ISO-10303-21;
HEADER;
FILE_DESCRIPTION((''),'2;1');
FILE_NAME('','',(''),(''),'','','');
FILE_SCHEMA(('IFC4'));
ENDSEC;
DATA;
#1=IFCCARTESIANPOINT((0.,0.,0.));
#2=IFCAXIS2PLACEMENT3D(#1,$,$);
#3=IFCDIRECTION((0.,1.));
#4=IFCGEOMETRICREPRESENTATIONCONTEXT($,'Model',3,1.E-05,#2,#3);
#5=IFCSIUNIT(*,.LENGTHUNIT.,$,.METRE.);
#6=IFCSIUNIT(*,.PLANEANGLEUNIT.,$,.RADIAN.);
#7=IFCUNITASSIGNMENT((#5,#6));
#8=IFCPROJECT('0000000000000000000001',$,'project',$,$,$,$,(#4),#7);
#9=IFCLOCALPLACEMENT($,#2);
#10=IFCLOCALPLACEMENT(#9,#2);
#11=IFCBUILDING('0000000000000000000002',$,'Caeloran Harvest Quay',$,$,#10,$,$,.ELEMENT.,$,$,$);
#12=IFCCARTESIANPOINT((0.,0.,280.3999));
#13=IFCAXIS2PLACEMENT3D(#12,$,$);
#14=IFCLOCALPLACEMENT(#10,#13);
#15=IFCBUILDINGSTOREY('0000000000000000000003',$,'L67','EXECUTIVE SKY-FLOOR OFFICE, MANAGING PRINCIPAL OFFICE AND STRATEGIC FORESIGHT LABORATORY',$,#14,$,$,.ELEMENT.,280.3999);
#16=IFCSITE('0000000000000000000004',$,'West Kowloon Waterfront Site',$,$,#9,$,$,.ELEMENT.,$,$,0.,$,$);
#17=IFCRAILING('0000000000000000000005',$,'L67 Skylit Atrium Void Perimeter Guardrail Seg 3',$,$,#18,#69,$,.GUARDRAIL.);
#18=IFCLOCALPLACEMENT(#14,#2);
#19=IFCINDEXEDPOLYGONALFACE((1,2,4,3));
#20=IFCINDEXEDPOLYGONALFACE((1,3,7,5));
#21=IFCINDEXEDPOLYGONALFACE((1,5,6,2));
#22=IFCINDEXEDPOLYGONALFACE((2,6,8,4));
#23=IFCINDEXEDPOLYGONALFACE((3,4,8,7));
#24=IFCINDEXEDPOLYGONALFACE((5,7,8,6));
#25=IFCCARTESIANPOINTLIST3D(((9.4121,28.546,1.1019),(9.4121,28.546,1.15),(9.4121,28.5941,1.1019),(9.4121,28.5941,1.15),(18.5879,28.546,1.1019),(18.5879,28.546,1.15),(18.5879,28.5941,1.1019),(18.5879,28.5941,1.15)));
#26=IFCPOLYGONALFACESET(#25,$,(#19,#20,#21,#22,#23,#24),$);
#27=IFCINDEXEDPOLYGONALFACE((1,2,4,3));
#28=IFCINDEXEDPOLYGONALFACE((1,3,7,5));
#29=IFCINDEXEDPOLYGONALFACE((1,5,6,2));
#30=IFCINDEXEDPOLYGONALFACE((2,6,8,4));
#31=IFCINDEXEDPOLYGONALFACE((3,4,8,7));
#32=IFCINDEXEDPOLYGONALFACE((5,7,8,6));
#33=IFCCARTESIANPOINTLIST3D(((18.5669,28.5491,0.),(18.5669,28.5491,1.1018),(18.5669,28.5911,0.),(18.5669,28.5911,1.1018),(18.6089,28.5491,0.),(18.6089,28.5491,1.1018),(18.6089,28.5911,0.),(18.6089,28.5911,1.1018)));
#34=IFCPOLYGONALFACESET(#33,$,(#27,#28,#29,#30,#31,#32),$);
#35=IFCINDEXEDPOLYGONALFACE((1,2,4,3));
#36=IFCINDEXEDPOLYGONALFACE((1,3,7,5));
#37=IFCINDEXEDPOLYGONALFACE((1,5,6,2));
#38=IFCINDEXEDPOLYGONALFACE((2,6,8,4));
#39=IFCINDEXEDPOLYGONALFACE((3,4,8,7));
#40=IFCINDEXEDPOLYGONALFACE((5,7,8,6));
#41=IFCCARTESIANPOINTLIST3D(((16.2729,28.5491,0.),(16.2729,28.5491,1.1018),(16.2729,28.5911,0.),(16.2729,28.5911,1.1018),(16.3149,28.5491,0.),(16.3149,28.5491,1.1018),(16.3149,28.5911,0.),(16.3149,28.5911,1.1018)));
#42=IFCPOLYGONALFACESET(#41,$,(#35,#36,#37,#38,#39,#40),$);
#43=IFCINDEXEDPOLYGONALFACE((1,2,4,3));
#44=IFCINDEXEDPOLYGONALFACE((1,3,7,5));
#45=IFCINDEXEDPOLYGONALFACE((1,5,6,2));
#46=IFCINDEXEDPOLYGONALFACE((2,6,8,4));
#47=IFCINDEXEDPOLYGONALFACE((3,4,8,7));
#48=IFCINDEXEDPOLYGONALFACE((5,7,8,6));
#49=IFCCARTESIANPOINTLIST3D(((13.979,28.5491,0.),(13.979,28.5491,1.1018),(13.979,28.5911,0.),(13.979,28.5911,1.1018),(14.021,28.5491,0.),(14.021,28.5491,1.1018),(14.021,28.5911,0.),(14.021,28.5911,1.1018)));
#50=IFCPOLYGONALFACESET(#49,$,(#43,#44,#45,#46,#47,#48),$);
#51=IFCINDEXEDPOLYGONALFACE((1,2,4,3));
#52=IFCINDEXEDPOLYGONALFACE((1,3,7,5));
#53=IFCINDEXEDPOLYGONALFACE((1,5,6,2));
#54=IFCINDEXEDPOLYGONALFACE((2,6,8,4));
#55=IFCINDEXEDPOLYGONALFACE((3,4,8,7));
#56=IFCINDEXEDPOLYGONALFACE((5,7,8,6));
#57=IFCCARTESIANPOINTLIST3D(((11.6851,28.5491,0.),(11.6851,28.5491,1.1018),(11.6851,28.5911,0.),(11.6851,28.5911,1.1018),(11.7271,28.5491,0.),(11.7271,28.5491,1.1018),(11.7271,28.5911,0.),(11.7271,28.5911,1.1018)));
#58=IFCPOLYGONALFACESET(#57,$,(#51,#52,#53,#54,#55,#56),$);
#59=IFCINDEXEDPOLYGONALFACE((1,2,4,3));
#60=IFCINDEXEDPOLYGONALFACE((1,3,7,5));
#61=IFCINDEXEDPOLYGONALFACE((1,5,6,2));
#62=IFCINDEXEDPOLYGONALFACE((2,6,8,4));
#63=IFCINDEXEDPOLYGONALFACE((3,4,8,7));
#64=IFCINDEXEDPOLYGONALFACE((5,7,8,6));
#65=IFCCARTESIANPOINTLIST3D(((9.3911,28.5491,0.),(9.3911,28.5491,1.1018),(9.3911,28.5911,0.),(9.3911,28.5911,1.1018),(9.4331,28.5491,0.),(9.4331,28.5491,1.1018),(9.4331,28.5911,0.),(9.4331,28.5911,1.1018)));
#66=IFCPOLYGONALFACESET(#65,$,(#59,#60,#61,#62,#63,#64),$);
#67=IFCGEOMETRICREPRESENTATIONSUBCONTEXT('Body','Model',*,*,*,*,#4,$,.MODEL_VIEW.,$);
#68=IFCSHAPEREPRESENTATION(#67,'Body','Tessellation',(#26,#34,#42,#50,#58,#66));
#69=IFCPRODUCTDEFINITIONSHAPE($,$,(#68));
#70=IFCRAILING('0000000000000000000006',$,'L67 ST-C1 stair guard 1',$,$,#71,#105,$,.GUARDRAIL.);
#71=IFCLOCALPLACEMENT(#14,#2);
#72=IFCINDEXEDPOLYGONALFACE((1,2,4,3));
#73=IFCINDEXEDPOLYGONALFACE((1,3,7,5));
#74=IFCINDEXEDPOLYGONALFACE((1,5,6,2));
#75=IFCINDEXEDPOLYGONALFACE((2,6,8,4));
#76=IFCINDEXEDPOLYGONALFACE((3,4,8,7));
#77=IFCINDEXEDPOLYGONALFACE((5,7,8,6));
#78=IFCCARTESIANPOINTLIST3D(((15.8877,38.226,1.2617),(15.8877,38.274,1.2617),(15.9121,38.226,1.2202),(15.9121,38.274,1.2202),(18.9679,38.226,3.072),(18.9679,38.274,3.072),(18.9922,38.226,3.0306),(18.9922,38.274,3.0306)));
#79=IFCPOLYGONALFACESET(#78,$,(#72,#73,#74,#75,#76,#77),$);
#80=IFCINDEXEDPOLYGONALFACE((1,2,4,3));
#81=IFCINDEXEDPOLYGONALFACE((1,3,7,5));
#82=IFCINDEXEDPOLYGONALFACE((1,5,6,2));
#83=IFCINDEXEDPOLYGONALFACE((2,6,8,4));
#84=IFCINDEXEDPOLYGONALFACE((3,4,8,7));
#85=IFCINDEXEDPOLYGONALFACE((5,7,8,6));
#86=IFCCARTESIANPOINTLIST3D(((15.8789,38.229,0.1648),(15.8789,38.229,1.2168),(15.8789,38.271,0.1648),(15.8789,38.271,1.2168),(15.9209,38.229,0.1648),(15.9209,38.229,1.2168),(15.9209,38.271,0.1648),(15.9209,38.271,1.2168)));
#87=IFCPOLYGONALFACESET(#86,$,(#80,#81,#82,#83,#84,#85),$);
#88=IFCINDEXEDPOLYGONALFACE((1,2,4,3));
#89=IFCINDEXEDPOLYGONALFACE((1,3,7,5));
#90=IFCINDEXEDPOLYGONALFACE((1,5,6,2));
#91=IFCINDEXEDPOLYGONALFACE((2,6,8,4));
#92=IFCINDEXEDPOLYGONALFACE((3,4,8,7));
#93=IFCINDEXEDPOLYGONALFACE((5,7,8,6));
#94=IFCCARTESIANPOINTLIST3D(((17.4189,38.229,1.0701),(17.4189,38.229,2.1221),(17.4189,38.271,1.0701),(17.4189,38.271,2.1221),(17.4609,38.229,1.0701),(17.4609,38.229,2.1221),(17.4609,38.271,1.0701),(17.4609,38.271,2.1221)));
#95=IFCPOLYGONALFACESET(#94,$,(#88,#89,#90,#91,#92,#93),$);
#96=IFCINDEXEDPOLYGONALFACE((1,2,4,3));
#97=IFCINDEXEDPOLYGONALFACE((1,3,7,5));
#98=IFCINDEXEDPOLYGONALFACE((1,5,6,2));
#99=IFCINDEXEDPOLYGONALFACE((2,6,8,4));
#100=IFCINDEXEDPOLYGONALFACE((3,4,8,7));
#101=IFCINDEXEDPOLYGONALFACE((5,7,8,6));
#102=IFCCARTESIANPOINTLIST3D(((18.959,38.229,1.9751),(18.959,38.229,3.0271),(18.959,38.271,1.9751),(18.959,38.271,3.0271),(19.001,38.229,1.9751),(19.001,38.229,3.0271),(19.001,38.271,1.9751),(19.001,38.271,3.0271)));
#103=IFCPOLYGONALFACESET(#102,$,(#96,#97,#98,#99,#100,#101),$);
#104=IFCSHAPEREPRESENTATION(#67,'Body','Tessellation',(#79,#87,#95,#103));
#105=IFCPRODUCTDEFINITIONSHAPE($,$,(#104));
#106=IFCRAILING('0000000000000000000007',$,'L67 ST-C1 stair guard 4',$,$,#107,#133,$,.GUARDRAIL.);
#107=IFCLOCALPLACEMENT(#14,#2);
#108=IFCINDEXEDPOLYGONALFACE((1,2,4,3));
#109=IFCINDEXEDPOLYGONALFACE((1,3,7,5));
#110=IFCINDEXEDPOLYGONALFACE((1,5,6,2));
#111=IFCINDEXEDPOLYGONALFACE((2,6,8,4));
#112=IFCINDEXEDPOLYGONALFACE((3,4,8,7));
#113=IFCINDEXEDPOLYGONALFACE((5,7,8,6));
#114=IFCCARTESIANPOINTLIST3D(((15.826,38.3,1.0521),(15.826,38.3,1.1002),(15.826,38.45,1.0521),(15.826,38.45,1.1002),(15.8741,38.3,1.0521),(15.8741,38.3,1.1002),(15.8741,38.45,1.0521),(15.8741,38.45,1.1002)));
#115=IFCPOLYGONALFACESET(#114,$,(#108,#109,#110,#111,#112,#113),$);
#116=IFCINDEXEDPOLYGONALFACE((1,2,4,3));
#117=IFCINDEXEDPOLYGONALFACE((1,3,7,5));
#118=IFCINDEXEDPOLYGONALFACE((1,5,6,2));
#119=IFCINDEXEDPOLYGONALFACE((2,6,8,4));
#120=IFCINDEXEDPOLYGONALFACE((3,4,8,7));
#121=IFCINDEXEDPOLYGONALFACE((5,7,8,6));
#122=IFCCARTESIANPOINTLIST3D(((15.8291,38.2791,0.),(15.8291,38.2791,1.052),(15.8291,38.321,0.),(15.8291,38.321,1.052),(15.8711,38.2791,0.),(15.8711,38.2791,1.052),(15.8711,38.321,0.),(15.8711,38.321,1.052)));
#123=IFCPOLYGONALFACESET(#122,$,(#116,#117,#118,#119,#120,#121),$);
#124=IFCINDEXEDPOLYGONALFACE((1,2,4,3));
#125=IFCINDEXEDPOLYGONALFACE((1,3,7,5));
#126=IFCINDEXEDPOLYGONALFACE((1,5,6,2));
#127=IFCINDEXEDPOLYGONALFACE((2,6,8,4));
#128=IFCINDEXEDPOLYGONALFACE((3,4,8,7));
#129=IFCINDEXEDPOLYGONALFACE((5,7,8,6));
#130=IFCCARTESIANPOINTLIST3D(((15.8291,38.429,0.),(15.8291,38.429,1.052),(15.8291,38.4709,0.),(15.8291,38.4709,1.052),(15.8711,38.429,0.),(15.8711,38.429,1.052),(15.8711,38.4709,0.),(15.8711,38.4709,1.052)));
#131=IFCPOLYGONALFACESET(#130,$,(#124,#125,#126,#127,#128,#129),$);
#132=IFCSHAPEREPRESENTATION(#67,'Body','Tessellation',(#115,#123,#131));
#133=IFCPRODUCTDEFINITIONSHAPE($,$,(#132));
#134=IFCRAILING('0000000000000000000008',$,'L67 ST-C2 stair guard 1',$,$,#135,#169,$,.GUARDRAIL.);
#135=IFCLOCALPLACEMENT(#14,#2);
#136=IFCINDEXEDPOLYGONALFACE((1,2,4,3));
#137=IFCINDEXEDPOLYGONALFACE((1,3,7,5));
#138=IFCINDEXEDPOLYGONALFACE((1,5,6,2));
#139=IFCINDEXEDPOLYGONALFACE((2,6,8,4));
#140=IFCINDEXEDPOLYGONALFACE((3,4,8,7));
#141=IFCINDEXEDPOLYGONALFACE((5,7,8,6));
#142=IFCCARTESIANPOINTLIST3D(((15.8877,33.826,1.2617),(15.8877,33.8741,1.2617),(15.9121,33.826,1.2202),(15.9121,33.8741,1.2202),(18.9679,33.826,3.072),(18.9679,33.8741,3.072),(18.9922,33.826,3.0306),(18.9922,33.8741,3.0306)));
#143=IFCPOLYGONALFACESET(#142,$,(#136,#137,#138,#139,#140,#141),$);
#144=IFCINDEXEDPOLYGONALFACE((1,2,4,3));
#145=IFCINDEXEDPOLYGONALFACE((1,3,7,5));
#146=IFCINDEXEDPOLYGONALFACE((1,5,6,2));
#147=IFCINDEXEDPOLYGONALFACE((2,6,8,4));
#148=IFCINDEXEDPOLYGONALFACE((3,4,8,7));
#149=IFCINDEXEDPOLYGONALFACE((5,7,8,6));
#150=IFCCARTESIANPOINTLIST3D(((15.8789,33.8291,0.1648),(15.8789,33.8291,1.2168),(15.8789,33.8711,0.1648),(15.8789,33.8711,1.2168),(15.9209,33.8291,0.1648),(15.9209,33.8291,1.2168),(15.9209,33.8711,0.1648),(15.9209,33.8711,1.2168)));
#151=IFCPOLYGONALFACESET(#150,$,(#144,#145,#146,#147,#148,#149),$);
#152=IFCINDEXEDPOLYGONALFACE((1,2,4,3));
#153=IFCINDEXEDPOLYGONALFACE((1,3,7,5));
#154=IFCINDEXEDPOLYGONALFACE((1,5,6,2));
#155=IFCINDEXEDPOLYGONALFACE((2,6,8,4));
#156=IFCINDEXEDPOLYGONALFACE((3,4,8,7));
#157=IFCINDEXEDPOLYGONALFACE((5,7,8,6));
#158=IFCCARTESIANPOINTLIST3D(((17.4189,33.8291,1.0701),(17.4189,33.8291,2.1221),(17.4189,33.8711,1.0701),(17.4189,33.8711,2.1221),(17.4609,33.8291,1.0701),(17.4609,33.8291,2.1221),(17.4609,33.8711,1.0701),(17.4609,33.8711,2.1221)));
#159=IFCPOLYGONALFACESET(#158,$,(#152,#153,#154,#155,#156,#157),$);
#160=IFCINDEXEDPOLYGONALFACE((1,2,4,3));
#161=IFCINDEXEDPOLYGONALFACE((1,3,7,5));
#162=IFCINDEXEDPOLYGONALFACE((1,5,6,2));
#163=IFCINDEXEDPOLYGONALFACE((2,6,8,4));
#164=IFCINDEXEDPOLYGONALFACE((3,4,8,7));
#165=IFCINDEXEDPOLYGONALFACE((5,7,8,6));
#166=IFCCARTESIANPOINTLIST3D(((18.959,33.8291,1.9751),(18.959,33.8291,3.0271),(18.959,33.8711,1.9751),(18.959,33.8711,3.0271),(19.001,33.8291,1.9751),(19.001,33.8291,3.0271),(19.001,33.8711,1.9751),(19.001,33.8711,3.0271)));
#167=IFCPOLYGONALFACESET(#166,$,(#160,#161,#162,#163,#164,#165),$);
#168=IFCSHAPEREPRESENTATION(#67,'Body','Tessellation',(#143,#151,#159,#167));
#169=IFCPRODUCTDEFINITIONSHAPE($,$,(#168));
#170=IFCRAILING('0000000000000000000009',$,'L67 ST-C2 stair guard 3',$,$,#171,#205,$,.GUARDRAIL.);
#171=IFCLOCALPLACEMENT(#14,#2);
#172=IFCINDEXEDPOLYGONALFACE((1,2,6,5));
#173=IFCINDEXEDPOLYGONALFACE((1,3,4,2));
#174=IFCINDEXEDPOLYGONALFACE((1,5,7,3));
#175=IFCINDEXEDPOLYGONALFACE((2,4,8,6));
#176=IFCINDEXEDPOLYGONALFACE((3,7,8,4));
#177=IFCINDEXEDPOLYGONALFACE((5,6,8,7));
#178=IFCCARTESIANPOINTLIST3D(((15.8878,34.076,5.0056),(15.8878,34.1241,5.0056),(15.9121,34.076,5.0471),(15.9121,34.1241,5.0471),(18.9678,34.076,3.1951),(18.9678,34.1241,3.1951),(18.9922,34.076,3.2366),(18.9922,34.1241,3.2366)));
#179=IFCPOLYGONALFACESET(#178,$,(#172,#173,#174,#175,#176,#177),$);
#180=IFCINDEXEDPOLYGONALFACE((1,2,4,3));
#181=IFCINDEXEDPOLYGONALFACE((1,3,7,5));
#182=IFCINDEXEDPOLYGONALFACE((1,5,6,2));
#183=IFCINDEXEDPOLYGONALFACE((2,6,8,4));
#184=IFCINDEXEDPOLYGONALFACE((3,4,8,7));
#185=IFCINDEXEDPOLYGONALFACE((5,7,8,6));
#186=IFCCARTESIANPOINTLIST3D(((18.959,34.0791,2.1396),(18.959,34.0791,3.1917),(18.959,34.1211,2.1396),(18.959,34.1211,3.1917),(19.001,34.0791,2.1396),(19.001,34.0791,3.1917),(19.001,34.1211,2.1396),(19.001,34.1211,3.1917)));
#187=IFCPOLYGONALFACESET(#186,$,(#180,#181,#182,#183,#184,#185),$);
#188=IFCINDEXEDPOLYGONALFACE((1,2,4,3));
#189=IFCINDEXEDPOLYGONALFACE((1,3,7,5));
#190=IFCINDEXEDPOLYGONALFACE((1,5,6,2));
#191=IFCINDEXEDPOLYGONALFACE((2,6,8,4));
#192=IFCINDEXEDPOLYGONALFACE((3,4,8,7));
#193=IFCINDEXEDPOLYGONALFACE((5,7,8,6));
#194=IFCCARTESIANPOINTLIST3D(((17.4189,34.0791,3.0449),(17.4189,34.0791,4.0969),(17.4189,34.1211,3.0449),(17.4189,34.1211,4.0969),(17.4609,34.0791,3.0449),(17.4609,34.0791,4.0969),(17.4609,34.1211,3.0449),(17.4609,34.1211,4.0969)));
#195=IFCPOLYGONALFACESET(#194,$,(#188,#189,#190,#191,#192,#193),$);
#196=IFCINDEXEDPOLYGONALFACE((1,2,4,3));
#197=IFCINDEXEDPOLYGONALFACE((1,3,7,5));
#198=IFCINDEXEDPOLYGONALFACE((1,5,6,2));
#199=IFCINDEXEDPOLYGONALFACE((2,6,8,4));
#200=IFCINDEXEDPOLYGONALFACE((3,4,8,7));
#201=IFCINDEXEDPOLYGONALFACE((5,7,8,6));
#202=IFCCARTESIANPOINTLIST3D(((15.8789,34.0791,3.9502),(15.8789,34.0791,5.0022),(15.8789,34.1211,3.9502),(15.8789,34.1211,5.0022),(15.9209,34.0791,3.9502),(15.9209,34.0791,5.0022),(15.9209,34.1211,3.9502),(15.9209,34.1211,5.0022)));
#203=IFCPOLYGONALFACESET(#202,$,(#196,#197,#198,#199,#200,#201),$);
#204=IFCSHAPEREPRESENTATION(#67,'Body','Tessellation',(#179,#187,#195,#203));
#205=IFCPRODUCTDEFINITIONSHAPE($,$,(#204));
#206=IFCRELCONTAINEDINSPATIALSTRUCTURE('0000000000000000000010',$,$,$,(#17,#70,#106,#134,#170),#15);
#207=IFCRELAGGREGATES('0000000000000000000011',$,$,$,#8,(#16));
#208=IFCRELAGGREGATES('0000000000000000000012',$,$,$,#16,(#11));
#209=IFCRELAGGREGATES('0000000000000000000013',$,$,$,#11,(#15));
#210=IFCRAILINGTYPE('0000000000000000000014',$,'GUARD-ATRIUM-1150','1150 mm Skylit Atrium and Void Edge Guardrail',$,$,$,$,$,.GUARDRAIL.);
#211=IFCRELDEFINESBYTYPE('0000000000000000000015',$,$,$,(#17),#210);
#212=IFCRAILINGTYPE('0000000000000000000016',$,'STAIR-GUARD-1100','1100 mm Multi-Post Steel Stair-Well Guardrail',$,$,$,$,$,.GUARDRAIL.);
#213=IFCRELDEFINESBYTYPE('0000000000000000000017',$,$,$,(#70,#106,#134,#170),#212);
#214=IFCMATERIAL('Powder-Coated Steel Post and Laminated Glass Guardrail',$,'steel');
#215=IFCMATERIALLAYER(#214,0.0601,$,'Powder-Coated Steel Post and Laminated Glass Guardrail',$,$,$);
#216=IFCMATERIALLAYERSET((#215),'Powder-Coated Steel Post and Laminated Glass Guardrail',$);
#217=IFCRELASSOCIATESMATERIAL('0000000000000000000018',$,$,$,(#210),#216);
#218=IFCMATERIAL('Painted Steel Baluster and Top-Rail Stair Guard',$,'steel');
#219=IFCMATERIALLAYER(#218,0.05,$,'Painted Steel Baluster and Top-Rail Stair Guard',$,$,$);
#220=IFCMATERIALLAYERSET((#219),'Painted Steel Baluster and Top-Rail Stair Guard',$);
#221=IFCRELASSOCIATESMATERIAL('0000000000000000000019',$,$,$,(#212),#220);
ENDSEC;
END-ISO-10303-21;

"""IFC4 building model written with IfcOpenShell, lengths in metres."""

from ifc_helpers import new_model, si_unit, direction, frame, origin, origin_2d, place, context, subcontext, project, spatial, rectangle, extrude, material, layer, layer_set, type_object, element, save


model = new_model("IFC4")

# Units and contexts
model_context = context("Model", 3, precision=1e-05, world=origin(), true_north=direction((0.0, 1.0)))
body_context = subcontext(model_context, "Body", "Model", "MODEL_VIEW")
ifc_project = project(units=[si_unit("LENGTHUNIT", "METRE"), si_unit("PLANEANGLEUNIT", "RADIAN")], contexts=[model_context])

# Site, building, storey
site_placement = place(None, origin())
site = spatial("IfcSite", under=ifc_project, at=site_placement, Name="West Kowloon Waterfront Site", CompositionType="ELEMENT", RefElevation=0.0)
building_placement = place(site_placement, origin())
building = spatial("IfcBuilding", under=site, at=building_placement, Name="Caeloran Harvest Quay", CompositionType="ELEMENT")
storey_placement = place(building_placement, frame((0.0, 0.0, 280.3999)))
storey = spatial("IfcBuildingStorey", under=building, at=storey_placement, Name="L67", Description="EXECUTIVE SKY-FLOOR OFFICE, MANAGING PRINCIPAL OFFICE AND STRATEGIC FORESIGHT LABORATORY", CompositionType="ELEMENT", Elevation=280.3999)

# Railings
ifc_material_1 = material(Name="Powder-Coated Steel Post and Laminated Glass Guardrail", Category="steel")
ifc_layer_1 = layer(ifc_material_1, 0.0601, Name="Powder-Coated Steel Post and Laminated Glass Guardrail")
ifc_layer_set_1 = layer_set([ifc_layer_1], Name="Powder-Coated Steel Post and Laminated Glass Guardrail")
railing_type_1 = type_object("IfcRailingType", Name="GUARD-ATRIUM-1150", Description="1150 mm Skylit Atrium and Void Edge Guardrail", PredefinedType="GUARDRAIL", material=ifc_layer_set_1)
railing_1_placement = place(storey_placement, frame((18.5879, 28.5701, 0.0)))
element("IfcRailing", 1, at=railing_1_placement, inside=storey, type_object=railing_type_1, Name="L67 Skylit Atrium Void Perimeter Guardrail Seg 3", PredefinedType="GUARDRAIL", context=body_context, shape_type="SweptSolid", body=[
    extrude(rectangle(XDim=0.0481, YDim=0.0481, at=origin_2d()), frame((0.0, 0.0, 1.126), z_axis=(-1.0, 0.0, 0.0), x_axis=(0.0, -1.0, 0.0)), (0.0, 0.0, 1.0), 9.1758),
    extrude(rectangle(XDim=0.042, YDim=0.042, at=origin_2d()), origin(), (0.0, 0.0, 1.0), 1.1018),
    extrude(rectangle(XDim=0.042, YDim=0.042, at=origin_2d()), frame((-2.2939, 0.0, 0.0)), (0.0, 0.0, 1.0), 1.1018),
    extrude(rectangle(XDim=0.042, YDim=0.042, at=origin_2d()), frame((-4.5879, 0.0, 0.0)), (0.0, 0.0, 1.0), 1.1018),
    extrude(rectangle(XDim=0.042, YDim=0.042, at=origin_2d()), frame((-6.8818, 0.0, 0.0)), (0.0, 0.0, 1.0), 1.1018),
    extrude(rectangle(XDim=0.042, YDim=0.042, at=origin_2d()), frame((-9.1758, 0.0, 0.0)), (0.0, 0.0, 1.0), 1.1018),
])
ifc_material_2 = material(Name="Painted Steel Baluster and Top-Rail Stair Guard", Category="steel")
ifc_layer_2 = layer(ifc_material_2, 0.05, Name="Painted Steel Baluster and Top-Rail Stair Guard")
ifc_layer_set_2 = layer_set([ifc_layer_2], Name="Painted Steel Baluster and Top-Rail Stair Guard")
railing_type_2 = type_object("IfcRailingType", Name="STAIR-GUARD-1100", Description="1100 mm Multi-Post Steel Stair-Well Guardrail", PredefinedType="GUARDRAIL", material=ifc_layer_set_2)
railing_2_placement = place(storey_placement, frame((15.8999, 38.25, 0.1648)))
element("IfcRailing", 2, at=railing_2_placement, inside=storey, type_object=railing_type_2, Name="L67 ST-C1 stair guard 1", PredefinedType="GUARDRAIL", context=body_context, shape_type="SweptSolid", body=[
    extrude(rectangle(XDim=0.0481, YDim=0.0481, at=origin_2d()), frame((0.0, 0.0, 1.0762), z_axis=(0.862119, 0.0, 0.506707), x_axis=(0.0, 1.0, 0.0)), (0.0, 0.0, 1.0), 3.5728),
    extrude(rectangle(XDim=0.042, YDim=0.042, at=origin_2d()), origin(), (0.0, 0.0, 1.0), 1.052),
    extrude(rectangle(XDim=0.042, YDim=0.042, at=origin_2d()), frame((1.54, 0.0, 0.9053)), (0.0, 0.0, 1.0), 1.052),
    extrude(rectangle(XDim=0.042, YDim=0.042, at=origin_2d()), frame((3.0801, 0.0, 1.8103)), (0.0, 0.0, 1.0), 1.052),
])
railing_3_placement = place(storey_placement, frame((15.8501, 38.3, 0.0)))
element("IfcRailing", 3, at=railing_3_placement, inside=storey, type_object=railing_type_2, Name="L67 ST-C1 stair guard 4", PredefinedType="GUARDRAIL", context=body_context, shape_type="SweptSolid", body=[
    extrude(rectangle(XDim=0.0481, YDim=0.0481, at=origin_2d()), frame((0.0, 0.0, 1.0762), z_axis=(0.0, 1.0, 0.0), x_axis=(-1.0, 0.0, 0.0)), (0.0, 0.0, 1.0), 0.1499),
    extrude(rectangle(XDim=0.042, YDim=0.042, at=origin_2d()), origin(), (0.0, 0.0, 1.0), 1.052),
    extrude(rectangle(XDim=0.042, YDim=0.042, at=origin_2d()), frame((0.0, 0.1499, 0.0)), (0.0, 0.0, 1.0), 1.052),
])
railing_4_placement = place(storey_placement, frame((15.8999, 33.8501, 0.1648)))
element("IfcRailing", 4, at=railing_4_placement, inside=storey, type_object=railing_type_2, Name="L67 ST-C2 stair guard 1", PredefinedType="GUARDRAIL", context=body_context, shape_type="SweptSolid", body=[
    extrude(rectangle(XDim=0.0481, YDim=0.0481, at=origin_2d()), frame((0.0, 0.0, 1.0762), z_axis=(0.862119, 0.0, 0.506707), x_axis=(0.0, 1.0, 0.0)), (0.0, 0.0, 1.0), 3.5728),
    extrude(rectangle(XDim=0.042, YDim=0.042, at=origin_2d()), origin(), (0.0, 0.0, 1.0), 1.052),
    extrude(rectangle(XDim=0.042, YDim=0.042, at=origin_2d()), frame((1.54, 0.0, 0.9053)), (0.0, 0.0, 1.0), 1.052),
    extrude(rectangle(XDim=0.042, YDim=0.042, at=origin_2d()), frame((3.0801, 0.0, 1.8103)), (0.0, 0.0, 1.0), 1.052),
])
railing_5_placement = place(storey_placement, frame((18.98, 34.1001, 2.1396)))
element("IfcRailing", 5, at=railing_5_placement, inside=storey, type_object=railing_type_2, Name="L67 ST-C2 stair guard 3", PredefinedType="GUARDRAIL", context=body_context, shape_type="SweptSolid", body=[
    extrude(rectangle(XDim=0.0481, YDim=0.0481, at=origin_2d()), frame((0.0, 0.0, 1.0762), z_axis=(-0.862089, 0.0, 0.506757), x_axis=(0.0, -1.0, 0.0)), (0.0, 0.0, 1.0), 3.5728),
    extrude(rectangle(XDim=0.042, YDim=0.042, at=origin_2d()), origin(), (0.0, 0.0, 1.0), 1.052),
    extrude(rectangle(XDim=0.042, YDim=0.042, at=origin_2d()), frame((-1.54, 0.0, 0.9053)), (0.0, 0.0, 1.0), 1.052),
    extrude(rectangle(XDim=0.042, YDim=0.042, at=origin_2d()), frame((-3.0801, 0.0, 1.8105)), (0.0, 0.0, 1.0), 1.052),
])

save(model, "model.ifc")
